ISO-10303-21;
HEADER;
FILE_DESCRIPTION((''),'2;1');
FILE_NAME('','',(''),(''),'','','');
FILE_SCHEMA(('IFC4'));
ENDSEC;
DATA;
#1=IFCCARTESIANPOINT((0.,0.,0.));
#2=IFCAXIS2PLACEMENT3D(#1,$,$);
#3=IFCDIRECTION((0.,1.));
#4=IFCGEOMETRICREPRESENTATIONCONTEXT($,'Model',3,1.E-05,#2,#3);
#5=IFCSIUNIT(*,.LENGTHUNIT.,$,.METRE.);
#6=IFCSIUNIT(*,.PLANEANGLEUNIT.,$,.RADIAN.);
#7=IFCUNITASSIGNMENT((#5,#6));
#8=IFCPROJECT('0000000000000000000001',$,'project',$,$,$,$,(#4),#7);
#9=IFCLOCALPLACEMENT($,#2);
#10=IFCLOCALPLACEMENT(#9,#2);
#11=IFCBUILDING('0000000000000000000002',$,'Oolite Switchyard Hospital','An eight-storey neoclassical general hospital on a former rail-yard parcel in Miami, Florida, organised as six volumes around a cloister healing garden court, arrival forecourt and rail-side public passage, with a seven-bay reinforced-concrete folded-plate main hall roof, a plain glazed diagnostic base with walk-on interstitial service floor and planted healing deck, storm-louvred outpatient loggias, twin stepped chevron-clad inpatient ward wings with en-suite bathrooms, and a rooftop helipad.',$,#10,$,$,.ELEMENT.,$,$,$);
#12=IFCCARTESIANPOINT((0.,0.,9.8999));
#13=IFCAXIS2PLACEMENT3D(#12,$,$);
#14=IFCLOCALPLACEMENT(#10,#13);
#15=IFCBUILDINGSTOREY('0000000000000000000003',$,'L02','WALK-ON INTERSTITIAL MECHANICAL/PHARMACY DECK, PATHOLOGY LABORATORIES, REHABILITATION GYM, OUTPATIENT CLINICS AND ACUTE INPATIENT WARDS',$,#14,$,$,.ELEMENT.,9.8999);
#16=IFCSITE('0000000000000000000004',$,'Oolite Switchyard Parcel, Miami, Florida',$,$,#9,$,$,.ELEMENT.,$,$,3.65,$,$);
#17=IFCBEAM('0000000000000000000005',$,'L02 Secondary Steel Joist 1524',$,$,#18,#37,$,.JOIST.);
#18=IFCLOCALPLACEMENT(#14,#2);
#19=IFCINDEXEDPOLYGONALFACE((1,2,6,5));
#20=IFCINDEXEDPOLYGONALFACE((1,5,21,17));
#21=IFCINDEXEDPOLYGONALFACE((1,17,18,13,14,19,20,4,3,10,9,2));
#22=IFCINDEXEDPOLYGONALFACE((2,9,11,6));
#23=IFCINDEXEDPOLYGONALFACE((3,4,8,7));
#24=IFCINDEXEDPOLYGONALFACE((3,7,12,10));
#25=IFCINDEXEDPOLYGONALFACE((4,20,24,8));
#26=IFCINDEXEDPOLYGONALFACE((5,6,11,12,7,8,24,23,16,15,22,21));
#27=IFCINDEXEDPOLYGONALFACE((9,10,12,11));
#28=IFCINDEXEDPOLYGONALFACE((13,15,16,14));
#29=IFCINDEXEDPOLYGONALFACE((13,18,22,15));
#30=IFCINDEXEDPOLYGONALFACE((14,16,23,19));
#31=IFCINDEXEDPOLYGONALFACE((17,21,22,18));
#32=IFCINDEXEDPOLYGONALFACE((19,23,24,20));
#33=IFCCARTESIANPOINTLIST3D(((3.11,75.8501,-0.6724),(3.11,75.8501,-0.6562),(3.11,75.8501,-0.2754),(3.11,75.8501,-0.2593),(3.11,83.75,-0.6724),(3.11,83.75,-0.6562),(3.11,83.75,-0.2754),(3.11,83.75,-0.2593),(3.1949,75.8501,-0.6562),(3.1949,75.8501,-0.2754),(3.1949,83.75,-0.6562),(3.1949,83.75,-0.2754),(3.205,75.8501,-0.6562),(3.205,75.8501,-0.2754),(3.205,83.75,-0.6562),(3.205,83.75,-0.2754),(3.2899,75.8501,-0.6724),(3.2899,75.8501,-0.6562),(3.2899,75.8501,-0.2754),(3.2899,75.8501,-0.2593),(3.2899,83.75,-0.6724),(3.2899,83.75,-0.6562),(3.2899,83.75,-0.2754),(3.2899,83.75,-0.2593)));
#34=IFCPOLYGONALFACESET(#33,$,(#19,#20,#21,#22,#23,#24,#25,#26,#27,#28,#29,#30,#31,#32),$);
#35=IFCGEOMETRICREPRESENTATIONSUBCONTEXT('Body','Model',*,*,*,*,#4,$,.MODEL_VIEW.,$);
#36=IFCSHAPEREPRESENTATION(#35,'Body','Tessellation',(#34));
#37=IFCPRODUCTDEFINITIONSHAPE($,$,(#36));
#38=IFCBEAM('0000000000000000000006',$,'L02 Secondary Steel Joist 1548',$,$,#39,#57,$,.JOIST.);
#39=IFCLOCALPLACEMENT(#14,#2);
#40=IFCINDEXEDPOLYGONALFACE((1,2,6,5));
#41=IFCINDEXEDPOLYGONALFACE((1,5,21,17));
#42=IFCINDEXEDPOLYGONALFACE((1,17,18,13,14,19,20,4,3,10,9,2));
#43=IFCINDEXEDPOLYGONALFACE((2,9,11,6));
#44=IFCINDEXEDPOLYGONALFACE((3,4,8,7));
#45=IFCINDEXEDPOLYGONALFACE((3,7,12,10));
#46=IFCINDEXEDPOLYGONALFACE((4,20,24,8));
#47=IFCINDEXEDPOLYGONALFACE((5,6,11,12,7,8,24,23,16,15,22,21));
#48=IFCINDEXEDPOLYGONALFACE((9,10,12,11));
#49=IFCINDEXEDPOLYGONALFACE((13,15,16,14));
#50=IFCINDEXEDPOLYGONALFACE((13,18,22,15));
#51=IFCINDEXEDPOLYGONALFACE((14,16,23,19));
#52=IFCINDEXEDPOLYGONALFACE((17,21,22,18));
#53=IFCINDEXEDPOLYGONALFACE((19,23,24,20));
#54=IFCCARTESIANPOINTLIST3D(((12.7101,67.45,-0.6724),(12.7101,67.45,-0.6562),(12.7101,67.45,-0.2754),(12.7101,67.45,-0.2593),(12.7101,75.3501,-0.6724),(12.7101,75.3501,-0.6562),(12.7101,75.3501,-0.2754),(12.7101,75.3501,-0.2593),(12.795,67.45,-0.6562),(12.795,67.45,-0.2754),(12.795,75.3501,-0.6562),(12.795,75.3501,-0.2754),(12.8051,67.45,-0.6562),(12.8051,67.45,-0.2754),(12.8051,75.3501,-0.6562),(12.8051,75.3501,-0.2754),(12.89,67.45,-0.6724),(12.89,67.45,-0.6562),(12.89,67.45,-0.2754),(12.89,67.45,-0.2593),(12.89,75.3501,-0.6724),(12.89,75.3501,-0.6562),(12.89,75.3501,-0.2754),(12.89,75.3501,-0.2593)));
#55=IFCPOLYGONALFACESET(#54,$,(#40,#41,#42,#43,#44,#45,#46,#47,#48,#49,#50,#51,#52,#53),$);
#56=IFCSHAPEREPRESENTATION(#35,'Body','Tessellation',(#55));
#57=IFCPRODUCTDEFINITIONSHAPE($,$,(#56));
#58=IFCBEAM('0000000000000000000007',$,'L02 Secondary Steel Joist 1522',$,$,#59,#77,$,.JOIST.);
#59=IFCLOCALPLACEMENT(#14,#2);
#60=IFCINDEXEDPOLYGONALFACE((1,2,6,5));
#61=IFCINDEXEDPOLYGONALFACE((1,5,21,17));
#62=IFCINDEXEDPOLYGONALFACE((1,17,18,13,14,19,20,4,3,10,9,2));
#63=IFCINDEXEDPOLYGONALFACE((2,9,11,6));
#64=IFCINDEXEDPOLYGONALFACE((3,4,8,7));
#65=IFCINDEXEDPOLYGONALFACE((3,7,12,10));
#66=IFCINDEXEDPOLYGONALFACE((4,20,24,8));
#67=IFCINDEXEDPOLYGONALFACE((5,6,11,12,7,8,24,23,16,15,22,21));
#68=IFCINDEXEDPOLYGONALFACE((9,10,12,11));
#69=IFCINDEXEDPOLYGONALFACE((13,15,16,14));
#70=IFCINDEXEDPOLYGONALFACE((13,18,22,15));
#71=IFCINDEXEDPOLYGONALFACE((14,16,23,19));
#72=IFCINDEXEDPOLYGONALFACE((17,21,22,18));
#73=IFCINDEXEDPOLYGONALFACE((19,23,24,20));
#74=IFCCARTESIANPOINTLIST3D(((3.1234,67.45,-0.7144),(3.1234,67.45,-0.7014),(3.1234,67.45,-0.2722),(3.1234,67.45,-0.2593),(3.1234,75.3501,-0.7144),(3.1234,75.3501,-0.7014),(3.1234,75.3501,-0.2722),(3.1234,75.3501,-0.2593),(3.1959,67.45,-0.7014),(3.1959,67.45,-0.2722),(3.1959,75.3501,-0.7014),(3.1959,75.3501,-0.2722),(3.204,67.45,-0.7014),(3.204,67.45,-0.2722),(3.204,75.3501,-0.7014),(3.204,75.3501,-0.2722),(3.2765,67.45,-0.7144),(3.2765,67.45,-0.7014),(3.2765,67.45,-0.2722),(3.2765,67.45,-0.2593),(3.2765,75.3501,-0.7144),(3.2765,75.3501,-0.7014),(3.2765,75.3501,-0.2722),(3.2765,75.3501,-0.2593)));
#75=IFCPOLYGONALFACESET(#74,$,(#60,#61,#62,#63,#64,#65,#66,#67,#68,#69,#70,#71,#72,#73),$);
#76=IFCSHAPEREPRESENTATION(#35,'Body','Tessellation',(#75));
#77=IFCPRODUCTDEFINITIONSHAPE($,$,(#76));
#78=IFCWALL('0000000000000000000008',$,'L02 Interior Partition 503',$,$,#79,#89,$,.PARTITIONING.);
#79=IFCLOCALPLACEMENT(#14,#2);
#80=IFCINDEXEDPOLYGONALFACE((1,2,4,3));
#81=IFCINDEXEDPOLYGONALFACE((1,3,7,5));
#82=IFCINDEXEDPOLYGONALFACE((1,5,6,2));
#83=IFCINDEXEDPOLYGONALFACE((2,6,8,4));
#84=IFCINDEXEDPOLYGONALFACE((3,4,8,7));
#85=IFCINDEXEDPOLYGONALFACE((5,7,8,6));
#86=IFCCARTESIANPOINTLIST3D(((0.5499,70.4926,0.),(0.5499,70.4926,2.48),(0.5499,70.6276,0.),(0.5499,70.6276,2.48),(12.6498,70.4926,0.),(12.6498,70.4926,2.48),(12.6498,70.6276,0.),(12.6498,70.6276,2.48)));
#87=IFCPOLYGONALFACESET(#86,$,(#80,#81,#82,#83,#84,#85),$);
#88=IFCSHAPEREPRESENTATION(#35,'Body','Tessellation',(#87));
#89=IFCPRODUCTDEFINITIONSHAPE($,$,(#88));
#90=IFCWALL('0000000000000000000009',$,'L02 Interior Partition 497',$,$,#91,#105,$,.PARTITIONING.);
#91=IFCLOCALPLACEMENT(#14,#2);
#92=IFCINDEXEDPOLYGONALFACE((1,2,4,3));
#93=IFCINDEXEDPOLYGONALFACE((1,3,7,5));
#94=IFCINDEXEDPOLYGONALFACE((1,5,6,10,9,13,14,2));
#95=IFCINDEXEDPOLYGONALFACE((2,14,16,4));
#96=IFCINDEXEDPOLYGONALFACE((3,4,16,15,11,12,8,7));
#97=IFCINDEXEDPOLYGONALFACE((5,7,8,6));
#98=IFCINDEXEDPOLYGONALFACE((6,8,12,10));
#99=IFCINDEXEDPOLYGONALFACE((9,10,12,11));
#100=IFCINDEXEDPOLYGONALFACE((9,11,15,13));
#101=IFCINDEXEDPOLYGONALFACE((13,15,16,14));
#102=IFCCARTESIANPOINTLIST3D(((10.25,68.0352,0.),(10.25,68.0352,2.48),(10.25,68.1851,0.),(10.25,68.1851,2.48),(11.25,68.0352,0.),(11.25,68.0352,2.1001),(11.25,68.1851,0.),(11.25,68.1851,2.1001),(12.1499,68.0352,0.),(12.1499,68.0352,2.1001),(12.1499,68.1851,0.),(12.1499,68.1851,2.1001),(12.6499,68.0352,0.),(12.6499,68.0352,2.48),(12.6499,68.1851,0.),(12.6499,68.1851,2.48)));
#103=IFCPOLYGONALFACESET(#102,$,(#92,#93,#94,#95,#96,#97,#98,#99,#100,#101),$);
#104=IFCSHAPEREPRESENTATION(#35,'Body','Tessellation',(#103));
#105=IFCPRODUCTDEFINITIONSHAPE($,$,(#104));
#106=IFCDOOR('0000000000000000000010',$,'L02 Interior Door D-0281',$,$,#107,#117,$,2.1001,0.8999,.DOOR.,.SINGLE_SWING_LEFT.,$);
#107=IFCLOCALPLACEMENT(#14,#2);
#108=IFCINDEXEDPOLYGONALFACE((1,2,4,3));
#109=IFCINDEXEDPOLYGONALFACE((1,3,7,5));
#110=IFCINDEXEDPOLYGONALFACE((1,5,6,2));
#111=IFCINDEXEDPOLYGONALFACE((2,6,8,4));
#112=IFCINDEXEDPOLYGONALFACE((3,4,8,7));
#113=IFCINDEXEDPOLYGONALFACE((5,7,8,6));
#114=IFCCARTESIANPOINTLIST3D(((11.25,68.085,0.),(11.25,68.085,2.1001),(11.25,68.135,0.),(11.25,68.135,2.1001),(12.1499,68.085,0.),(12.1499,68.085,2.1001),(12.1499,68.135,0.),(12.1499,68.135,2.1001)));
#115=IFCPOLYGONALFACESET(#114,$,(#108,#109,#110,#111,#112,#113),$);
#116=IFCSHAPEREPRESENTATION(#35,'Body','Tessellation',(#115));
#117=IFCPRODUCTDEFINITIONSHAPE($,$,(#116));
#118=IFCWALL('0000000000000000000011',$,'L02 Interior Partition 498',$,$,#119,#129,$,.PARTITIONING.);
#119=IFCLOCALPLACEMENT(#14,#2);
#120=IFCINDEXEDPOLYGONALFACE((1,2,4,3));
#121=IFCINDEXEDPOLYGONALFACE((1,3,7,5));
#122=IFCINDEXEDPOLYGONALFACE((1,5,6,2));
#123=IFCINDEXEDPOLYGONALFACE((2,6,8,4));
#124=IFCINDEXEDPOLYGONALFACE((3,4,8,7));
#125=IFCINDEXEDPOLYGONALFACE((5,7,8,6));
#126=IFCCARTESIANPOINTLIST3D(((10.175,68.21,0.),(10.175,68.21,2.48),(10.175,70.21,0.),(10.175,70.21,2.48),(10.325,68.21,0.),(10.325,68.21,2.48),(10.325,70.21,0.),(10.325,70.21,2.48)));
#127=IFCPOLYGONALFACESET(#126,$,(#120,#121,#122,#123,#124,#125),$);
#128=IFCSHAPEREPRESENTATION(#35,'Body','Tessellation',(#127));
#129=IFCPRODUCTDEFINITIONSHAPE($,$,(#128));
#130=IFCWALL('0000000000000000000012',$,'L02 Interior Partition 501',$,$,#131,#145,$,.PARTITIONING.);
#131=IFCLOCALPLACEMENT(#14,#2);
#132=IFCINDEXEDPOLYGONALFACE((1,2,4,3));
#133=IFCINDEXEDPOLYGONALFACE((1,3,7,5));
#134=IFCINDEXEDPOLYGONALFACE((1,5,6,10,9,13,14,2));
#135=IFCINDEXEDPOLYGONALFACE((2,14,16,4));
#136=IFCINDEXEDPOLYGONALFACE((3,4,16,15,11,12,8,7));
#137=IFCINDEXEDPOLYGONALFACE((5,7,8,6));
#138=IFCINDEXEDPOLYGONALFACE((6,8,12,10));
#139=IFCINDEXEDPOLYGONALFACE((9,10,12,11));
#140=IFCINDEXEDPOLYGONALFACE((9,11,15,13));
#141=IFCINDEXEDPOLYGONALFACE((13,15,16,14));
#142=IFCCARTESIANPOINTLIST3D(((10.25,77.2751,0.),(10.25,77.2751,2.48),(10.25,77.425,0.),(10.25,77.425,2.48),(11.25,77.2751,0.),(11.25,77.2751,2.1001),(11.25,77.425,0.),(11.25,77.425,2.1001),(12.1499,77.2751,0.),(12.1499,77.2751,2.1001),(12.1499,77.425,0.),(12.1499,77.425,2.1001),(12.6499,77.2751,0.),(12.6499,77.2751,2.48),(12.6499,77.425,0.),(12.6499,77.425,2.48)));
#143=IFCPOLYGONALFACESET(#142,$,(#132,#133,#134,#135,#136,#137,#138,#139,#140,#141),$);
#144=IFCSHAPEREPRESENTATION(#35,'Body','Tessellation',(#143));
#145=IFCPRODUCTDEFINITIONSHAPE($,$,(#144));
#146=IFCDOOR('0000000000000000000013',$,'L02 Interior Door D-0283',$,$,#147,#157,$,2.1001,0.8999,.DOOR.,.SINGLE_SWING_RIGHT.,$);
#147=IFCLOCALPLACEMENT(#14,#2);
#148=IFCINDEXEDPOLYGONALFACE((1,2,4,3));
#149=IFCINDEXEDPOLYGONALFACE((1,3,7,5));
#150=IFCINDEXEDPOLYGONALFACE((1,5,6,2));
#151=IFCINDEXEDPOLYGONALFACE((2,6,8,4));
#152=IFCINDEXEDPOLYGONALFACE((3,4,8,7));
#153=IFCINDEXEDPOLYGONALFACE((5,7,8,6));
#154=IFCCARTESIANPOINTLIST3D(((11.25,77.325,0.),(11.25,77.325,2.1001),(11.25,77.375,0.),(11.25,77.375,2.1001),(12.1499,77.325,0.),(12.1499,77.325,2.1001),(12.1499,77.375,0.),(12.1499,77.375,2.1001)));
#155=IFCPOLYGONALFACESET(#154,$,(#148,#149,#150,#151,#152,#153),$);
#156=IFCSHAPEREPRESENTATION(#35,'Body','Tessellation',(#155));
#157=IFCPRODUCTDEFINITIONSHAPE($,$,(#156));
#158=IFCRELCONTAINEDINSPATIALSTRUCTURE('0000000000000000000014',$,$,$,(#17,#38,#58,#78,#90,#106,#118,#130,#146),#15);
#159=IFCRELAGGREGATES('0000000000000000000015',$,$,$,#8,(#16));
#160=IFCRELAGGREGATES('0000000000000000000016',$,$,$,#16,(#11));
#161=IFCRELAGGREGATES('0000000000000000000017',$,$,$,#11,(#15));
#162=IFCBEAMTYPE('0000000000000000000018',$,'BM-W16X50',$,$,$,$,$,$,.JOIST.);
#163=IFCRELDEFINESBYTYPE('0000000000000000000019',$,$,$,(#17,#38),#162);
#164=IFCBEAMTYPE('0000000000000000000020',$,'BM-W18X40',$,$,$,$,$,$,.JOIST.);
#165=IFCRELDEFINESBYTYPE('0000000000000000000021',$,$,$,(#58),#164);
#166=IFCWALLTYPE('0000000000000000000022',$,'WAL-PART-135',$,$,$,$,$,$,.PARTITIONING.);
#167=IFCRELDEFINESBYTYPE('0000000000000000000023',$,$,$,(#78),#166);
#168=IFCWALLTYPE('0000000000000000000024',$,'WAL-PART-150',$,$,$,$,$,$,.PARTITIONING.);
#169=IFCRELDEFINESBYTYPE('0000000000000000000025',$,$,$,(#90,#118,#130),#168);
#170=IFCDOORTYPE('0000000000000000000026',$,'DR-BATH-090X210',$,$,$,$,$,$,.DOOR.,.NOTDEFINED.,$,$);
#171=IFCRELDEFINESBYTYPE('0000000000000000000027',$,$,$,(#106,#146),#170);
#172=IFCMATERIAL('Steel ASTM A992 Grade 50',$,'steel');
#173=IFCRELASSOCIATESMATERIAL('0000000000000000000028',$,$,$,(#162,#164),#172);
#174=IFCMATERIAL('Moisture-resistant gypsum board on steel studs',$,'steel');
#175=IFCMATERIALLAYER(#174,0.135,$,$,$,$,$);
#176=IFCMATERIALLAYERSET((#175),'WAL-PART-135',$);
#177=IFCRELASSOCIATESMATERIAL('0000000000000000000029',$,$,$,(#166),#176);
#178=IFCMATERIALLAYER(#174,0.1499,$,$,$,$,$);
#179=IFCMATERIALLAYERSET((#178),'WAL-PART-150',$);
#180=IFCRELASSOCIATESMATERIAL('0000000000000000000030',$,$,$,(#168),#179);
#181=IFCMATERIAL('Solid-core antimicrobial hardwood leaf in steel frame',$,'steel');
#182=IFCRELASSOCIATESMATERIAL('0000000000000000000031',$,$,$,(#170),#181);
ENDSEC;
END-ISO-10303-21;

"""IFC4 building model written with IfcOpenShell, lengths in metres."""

from ifc_helpers import new_model, si_unit, direction, frame, frame_2d, origin, origin_2d, place, context, subcontext, project, spatial, rectangle, i_section, extrude, material, layer, layer_set, material_profile, profile_set, type_object, element, fill, save


model = new_model("IFC4")

# Units and contexts
model_context = context("Model", 3, precision=1e-05, world=origin(), true_north=direction((0.0, 1.0)))
body_context = subcontext(model_context, "Body", "Model", "MODEL_VIEW")
ifc_project = project(units=[si_unit("LENGTHUNIT", "METRE"), si_unit("PLANEANGLEUNIT", "RADIAN")], contexts=[model_context])

# Site, building, storey
site_placement = place(None, origin())
site = spatial("IfcSite", under=ifc_project, at=site_placement, Name="Oolite Switchyard Parcel, Miami, Florida", CompositionType="ELEMENT", RefElevation=3.65)
building_placement = place(site_placement, origin())
building = spatial("IfcBuilding", under=site, at=building_placement, Name="Oolite Switchyard Hospital", Description="An eight-storey neoclassical general hospital on a former rail-yard parcel in Miami, Florida, organised as six volumes around a cloister healing garden court, arrival forecourt and rail-side public passage, with a seven-bay reinforced-concrete folded-plate main hall roof, a plain glazed diagnostic base with walk-on interstitial service floor and planted healing deck, storm-louvred outpatient loggias, twin stepped chevron-clad inpatient ward wings with en-suite bathrooms, and a rooftop helipad.", CompositionType="ELEMENT")
storey_placement = place(building_placement, frame((0.0, 0.0, 9.8999)))
storey = spatial("IfcBuildingStorey", under=building, at=storey_placement, Name="L02", Description="WALK-ON INTERSTITIAL MECHANICAL/PHARMACY DECK, PATHOLOGY LABORATORIES, REHABILITATION GYM, OUTPATIENT CLINICS AND ACUTE INPATIENT WARDS", CompositionType="ELEMENT", Elevation=9.8999)

# Beams
ifc_material_1 = material(Name="Steel ASTM A992 Grade 50", Category="steel")
ifc_material_profile_1 = material_profile(ifc_material_1, i_section(OverallWidth=0.1799, OverallDepth=0.4131, WebThickness=0.01, FlangeThickness=0.0161, at=origin_2d()), Name="W16X50")
ifc_profile_set_1 = profile_set([ifc_material_profile_1], Name="Steel ASTM A992 Grade 50")
beam_type_1 = type_object("IfcBeamType", Name="BM-W16X50", PredefinedType="JOIST", material=ifc_profile_set_1)
beam_1_placement = place(storey_placement, frame((3.2, 75.8501, -0.4658), z_axis=(0.0, 1.0, 0.0), x_axis=(-1.0, 0.0, 0.0)))
element("IfcBeam", 1, at=beam_1_placement, inside=storey, type_object=beam_type_1, Name="L02 Secondary Steel Joist 1524", PredefinedType="JOIST", context=body_context, shape_type="SweptSolid", body=[
    extrude(i_section(OverallWidth=0.1799, OverallDepth=0.4131, WebThickness=0.01, FlangeThickness=0.0161, at=origin_2d()), origin(), (0.0, 0.0, 1.0), 7.8999),
])
beam_2_placement = place(storey_placement, frame((12.8, 67.45, -0.4658), z_axis=(0.0, 1.0, 0.0), x_axis=(-1.0, 0.0, 0.0)))
element("IfcBeam", 2, at=beam_2_placement, inside=storey, type_object=beam_type_1, Name="L02 Secondary Steel Joist 1548", PredefinedType="JOIST", context=body_context, shape_type="SweptSolid", body=[
    extrude(i_section(OverallWidth=0.1799, OverallDepth=0.4131, WebThickness=0.01, FlangeThickness=0.0161, at=origin_2d()), origin(), (0.0, 0.0, 1.0), 7.9001),
])
ifc_material_profile_2 = material_profile(ifc_material_1, i_section(OverallWidth=0.1531, OverallDepth=0.4551, WebThickness=0.0081, FlangeThickness=0.0129, at=origin_2d()), Name="W18X40")
ifc_profile_set_2 = profile_set([ifc_material_profile_2], Name="Steel ASTM A992 Grade 50")
beam_type_2 = type_object("IfcBeamType", Name="BM-W18X40", PredefinedType="JOIST", material=ifc_profile_set_2)
beam_3_placement = place(storey_placement, frame((3.2, 67.45, -0.4868), z_axis=(0.0, 1.0, 0.0), x_axis=(-1.0, 0.0, 0.0)))
element("IfcBeam", 3, at=beam_3_placement, inside=storey, type_object=beam_type_2, Name="L02 Secondary Steel Joist 1522", PredefinedType="JOIST", context=body_context, shape_type="SweptSolid", body=[
    extrude(i_section(OverallWidth=0.1531, OverallDepth=0.4551, WebThickness=0.0081, FlangeThickness=0.0129, at=origin_2d()), origin(), (0.0, 0.0, 1.0), 7.9001),
])

# Wall
ifc_material_2 = material(Name="Moisture-resistant gypsum board on steel studs", Category="steel")
ifc_layer_1 = layer(ifc_material_2, 0.135)
ifc_layer_set_1 = layer_set([ifc_layer_1], Name="WAL-PART-135")
wall_type_1 = type_object("IfcWallType", Name="WAL-PART-135", PredefinedType="PARTITIONING", material=ifc_layer_set_1)
wall_1_placement = place(storey_placement, frame((0.55, 70.5601, 0.0), z_axis=(0.0, 0.0, 1.0), x_axis=(1.0, 0.0, 0.0)))
element("IfcWall", 4, at=wall_1_placement, inside=storey, type_object=wall_type_1, Name="L02 Interior Partition 503", PredefinedType="PARTITIONING", context=body_context, shape_type="SweptSolid", body=[
    extrude(rectangle(XDim=12.0999, YDim=0.135, at=frame_2d((6.0498, 0.0))), origin(), (0.0, 0.0, 1.0), 2.48),
])

# Wall, opening, door
ifc_layer_2 = layer(ifc_material_2, 0.1499)
ifc_layer_set_2 = layer_set([ifc_layer_2], Name="WAL-PART-150")
wall_type_2 = type_object("IfcWallType", Name="WAL-PART-150", PredefinedType="PARTITIONING", material=ifc_layer_set_2)
wall_2_placement = place(storey_placement, frame((10.25, 68.1101, 0.0), z_axis=(0.0, 0.0, 1.0), x_axis=(1.0, 0.0, 0.0)))
wall_2 = element("IfcWall", 5, at=wall_2_placement, inside=storey, type_object=wall_type_2, Name="L02 Interior Partition 497", PredefinedType="PARTITIONING", context=body_context, shape_type="SweptSolid", body=[
    extrude(rectangle(XDim=2.3999, YDim=0.1499, at=frame_2d((1.2, 0.0))), origin(), (0.0, 0.0, 1.0), 2.48),
])
opening_1_placement = place(wall_2_placement, frame((1.0, 0.0, 0.0)))
opening_1 = element("IfcOpeningElement", 6, at=opening_1_placement, cuts=wall_2, PredefinedType="OPENING", context=body_context, shape_type="SweptSolid", body=[
    extrude(rectangle(XDim=0.8999, YDim=2.1001, at=frame_2d((0.45, 1.05))), frame((0.0, 0.085, 0.0), z_axis=(0.0, -1.0, 0.0), x_axis=(1.0, 0.0, 0.0)), (0.0, 0.0, 1.0), 0.1699),
])
ifc_material_3 = material(Name="Solid-core antimicrobial hardwood leaf in steel frame", Category="steel")
door_type_1 = type_object("IfcDoorType", Name="DR-BATH-090X210", OperationType="NOTDEFINED", PredefinedType="DOOR", material=ifc_material_3)
door_1_placement = place(opening_1_placement, origin())
door_1 = element("IfcDoor", 7, at=door_1_placement, inside=storey, type_object=door_type_1, Name="L02 Interior Door D-0281", OperationType="SINGLE_SWING_LEFT", OverallHeight=2.1001, OverallWidth=0.8999, PredefinedType="DOOR", context=body_context, shape_type="SweptSolid", body=[
    extrude(rectangle(XDim=0.8999, YDim=2.1001, at=frame_2d((0.45, 1.05))), frame((0.0, 0.0249, 0.0), z_axis=(0.0, -1.0, 0.0), x_axis=(1.0, 0.0, 0.0)), (0.0, 0.0, 1.0), 0.05),
])
fill(opening_1, door_1)

# Wall
wall_3_placement = place(storey_placement, frame((10.25, 68.21, 0.0), z_axis=(0.0, 0.0, 1.0), x_axis=(0.0, 1.0, 0.0)))
element("IfcWall", 8, at=wall_3_placement, inside=storey, type_object=wall_type_2, Name="L02 Interior Partition 498", PredefinedType="PARTITIONING", context=body_context, shape_type="SweptSolid", body=[
    extrude(rectangle(XDim=2.0, YDim=0.1499, at=frame_2d((1.0, 0.0))), origin(), (0.0, 0.0, 1.0), 2.48),
])

# Wall, opening, door
wall_4_placement = place(storey_placement, frame((10.25, 77.3501, 0.0), z_axis=(0.0, 0.0, 1.0), x_axis=(1.0, 0.0, 0.0)))
wall_4 = element("IfcWall", 9, at=wall_4_placement, inside=storey, type_object=wall_type_2, Name="L02 Interior Partition 501", PredefinedType="PARTITIONING", context=body_context, shape_type="SweptSolid", body=[
    extrude(rectangle(XDim=2.3999, YDim=0.1499, at=frame_2d((1.2, 0.0))), origin(), (0.0, 0.0, 1.0), 2.48),
])
opening_2_placement = place(wall_4_placement, frame((1.0, 0.0, 0.0)))
opening_2 = element("IfcOpeningElement", 10, at=opening_2_placement, cuts=wall_4, PredefinedType="OPENING", context=body_context, shape_type="SweptSolid", body=[
    extrude(rectangle(XDim=0.8999, YDim=2.1001, at=frame_2d((0.45, 1.05))), frame((0.0, 0.085, 0.0), z_axis=(0.0, -1.0, 0.0), x_axis=(1.0, 0.0, 0.0)), (0.0, 0.0, 1.0), 0.1699),
])
door_2_placement = place(opening_2_placement, origin())
door_2 = element("IfcDoor", 11, at=door_2_placement, inside=storey, type_object=door_type_1, Name="L02 Interior Door D-0283", OperationType="SINGLE_SWING_RIGHT", OverallHeight=2.1001, OverallWidth=0.8999, PredefinedType="DOOR", context=body_context, shape_type="SweptSolid", body=[
    extrude(rectangle(XDim=0.8999, YDim=2.1001, at=frame_2d((0.45, 1.05))), frame((0.0, 0.0249, 0.0), z_axis=(0.0, -1.0, 0.0), x_axis=(1.0, 0.0, 0.0)), (0.0, 0.0, 1.0), 0.05),
])
fill(opening_2, door_2)

save(model, "model.ifc")
